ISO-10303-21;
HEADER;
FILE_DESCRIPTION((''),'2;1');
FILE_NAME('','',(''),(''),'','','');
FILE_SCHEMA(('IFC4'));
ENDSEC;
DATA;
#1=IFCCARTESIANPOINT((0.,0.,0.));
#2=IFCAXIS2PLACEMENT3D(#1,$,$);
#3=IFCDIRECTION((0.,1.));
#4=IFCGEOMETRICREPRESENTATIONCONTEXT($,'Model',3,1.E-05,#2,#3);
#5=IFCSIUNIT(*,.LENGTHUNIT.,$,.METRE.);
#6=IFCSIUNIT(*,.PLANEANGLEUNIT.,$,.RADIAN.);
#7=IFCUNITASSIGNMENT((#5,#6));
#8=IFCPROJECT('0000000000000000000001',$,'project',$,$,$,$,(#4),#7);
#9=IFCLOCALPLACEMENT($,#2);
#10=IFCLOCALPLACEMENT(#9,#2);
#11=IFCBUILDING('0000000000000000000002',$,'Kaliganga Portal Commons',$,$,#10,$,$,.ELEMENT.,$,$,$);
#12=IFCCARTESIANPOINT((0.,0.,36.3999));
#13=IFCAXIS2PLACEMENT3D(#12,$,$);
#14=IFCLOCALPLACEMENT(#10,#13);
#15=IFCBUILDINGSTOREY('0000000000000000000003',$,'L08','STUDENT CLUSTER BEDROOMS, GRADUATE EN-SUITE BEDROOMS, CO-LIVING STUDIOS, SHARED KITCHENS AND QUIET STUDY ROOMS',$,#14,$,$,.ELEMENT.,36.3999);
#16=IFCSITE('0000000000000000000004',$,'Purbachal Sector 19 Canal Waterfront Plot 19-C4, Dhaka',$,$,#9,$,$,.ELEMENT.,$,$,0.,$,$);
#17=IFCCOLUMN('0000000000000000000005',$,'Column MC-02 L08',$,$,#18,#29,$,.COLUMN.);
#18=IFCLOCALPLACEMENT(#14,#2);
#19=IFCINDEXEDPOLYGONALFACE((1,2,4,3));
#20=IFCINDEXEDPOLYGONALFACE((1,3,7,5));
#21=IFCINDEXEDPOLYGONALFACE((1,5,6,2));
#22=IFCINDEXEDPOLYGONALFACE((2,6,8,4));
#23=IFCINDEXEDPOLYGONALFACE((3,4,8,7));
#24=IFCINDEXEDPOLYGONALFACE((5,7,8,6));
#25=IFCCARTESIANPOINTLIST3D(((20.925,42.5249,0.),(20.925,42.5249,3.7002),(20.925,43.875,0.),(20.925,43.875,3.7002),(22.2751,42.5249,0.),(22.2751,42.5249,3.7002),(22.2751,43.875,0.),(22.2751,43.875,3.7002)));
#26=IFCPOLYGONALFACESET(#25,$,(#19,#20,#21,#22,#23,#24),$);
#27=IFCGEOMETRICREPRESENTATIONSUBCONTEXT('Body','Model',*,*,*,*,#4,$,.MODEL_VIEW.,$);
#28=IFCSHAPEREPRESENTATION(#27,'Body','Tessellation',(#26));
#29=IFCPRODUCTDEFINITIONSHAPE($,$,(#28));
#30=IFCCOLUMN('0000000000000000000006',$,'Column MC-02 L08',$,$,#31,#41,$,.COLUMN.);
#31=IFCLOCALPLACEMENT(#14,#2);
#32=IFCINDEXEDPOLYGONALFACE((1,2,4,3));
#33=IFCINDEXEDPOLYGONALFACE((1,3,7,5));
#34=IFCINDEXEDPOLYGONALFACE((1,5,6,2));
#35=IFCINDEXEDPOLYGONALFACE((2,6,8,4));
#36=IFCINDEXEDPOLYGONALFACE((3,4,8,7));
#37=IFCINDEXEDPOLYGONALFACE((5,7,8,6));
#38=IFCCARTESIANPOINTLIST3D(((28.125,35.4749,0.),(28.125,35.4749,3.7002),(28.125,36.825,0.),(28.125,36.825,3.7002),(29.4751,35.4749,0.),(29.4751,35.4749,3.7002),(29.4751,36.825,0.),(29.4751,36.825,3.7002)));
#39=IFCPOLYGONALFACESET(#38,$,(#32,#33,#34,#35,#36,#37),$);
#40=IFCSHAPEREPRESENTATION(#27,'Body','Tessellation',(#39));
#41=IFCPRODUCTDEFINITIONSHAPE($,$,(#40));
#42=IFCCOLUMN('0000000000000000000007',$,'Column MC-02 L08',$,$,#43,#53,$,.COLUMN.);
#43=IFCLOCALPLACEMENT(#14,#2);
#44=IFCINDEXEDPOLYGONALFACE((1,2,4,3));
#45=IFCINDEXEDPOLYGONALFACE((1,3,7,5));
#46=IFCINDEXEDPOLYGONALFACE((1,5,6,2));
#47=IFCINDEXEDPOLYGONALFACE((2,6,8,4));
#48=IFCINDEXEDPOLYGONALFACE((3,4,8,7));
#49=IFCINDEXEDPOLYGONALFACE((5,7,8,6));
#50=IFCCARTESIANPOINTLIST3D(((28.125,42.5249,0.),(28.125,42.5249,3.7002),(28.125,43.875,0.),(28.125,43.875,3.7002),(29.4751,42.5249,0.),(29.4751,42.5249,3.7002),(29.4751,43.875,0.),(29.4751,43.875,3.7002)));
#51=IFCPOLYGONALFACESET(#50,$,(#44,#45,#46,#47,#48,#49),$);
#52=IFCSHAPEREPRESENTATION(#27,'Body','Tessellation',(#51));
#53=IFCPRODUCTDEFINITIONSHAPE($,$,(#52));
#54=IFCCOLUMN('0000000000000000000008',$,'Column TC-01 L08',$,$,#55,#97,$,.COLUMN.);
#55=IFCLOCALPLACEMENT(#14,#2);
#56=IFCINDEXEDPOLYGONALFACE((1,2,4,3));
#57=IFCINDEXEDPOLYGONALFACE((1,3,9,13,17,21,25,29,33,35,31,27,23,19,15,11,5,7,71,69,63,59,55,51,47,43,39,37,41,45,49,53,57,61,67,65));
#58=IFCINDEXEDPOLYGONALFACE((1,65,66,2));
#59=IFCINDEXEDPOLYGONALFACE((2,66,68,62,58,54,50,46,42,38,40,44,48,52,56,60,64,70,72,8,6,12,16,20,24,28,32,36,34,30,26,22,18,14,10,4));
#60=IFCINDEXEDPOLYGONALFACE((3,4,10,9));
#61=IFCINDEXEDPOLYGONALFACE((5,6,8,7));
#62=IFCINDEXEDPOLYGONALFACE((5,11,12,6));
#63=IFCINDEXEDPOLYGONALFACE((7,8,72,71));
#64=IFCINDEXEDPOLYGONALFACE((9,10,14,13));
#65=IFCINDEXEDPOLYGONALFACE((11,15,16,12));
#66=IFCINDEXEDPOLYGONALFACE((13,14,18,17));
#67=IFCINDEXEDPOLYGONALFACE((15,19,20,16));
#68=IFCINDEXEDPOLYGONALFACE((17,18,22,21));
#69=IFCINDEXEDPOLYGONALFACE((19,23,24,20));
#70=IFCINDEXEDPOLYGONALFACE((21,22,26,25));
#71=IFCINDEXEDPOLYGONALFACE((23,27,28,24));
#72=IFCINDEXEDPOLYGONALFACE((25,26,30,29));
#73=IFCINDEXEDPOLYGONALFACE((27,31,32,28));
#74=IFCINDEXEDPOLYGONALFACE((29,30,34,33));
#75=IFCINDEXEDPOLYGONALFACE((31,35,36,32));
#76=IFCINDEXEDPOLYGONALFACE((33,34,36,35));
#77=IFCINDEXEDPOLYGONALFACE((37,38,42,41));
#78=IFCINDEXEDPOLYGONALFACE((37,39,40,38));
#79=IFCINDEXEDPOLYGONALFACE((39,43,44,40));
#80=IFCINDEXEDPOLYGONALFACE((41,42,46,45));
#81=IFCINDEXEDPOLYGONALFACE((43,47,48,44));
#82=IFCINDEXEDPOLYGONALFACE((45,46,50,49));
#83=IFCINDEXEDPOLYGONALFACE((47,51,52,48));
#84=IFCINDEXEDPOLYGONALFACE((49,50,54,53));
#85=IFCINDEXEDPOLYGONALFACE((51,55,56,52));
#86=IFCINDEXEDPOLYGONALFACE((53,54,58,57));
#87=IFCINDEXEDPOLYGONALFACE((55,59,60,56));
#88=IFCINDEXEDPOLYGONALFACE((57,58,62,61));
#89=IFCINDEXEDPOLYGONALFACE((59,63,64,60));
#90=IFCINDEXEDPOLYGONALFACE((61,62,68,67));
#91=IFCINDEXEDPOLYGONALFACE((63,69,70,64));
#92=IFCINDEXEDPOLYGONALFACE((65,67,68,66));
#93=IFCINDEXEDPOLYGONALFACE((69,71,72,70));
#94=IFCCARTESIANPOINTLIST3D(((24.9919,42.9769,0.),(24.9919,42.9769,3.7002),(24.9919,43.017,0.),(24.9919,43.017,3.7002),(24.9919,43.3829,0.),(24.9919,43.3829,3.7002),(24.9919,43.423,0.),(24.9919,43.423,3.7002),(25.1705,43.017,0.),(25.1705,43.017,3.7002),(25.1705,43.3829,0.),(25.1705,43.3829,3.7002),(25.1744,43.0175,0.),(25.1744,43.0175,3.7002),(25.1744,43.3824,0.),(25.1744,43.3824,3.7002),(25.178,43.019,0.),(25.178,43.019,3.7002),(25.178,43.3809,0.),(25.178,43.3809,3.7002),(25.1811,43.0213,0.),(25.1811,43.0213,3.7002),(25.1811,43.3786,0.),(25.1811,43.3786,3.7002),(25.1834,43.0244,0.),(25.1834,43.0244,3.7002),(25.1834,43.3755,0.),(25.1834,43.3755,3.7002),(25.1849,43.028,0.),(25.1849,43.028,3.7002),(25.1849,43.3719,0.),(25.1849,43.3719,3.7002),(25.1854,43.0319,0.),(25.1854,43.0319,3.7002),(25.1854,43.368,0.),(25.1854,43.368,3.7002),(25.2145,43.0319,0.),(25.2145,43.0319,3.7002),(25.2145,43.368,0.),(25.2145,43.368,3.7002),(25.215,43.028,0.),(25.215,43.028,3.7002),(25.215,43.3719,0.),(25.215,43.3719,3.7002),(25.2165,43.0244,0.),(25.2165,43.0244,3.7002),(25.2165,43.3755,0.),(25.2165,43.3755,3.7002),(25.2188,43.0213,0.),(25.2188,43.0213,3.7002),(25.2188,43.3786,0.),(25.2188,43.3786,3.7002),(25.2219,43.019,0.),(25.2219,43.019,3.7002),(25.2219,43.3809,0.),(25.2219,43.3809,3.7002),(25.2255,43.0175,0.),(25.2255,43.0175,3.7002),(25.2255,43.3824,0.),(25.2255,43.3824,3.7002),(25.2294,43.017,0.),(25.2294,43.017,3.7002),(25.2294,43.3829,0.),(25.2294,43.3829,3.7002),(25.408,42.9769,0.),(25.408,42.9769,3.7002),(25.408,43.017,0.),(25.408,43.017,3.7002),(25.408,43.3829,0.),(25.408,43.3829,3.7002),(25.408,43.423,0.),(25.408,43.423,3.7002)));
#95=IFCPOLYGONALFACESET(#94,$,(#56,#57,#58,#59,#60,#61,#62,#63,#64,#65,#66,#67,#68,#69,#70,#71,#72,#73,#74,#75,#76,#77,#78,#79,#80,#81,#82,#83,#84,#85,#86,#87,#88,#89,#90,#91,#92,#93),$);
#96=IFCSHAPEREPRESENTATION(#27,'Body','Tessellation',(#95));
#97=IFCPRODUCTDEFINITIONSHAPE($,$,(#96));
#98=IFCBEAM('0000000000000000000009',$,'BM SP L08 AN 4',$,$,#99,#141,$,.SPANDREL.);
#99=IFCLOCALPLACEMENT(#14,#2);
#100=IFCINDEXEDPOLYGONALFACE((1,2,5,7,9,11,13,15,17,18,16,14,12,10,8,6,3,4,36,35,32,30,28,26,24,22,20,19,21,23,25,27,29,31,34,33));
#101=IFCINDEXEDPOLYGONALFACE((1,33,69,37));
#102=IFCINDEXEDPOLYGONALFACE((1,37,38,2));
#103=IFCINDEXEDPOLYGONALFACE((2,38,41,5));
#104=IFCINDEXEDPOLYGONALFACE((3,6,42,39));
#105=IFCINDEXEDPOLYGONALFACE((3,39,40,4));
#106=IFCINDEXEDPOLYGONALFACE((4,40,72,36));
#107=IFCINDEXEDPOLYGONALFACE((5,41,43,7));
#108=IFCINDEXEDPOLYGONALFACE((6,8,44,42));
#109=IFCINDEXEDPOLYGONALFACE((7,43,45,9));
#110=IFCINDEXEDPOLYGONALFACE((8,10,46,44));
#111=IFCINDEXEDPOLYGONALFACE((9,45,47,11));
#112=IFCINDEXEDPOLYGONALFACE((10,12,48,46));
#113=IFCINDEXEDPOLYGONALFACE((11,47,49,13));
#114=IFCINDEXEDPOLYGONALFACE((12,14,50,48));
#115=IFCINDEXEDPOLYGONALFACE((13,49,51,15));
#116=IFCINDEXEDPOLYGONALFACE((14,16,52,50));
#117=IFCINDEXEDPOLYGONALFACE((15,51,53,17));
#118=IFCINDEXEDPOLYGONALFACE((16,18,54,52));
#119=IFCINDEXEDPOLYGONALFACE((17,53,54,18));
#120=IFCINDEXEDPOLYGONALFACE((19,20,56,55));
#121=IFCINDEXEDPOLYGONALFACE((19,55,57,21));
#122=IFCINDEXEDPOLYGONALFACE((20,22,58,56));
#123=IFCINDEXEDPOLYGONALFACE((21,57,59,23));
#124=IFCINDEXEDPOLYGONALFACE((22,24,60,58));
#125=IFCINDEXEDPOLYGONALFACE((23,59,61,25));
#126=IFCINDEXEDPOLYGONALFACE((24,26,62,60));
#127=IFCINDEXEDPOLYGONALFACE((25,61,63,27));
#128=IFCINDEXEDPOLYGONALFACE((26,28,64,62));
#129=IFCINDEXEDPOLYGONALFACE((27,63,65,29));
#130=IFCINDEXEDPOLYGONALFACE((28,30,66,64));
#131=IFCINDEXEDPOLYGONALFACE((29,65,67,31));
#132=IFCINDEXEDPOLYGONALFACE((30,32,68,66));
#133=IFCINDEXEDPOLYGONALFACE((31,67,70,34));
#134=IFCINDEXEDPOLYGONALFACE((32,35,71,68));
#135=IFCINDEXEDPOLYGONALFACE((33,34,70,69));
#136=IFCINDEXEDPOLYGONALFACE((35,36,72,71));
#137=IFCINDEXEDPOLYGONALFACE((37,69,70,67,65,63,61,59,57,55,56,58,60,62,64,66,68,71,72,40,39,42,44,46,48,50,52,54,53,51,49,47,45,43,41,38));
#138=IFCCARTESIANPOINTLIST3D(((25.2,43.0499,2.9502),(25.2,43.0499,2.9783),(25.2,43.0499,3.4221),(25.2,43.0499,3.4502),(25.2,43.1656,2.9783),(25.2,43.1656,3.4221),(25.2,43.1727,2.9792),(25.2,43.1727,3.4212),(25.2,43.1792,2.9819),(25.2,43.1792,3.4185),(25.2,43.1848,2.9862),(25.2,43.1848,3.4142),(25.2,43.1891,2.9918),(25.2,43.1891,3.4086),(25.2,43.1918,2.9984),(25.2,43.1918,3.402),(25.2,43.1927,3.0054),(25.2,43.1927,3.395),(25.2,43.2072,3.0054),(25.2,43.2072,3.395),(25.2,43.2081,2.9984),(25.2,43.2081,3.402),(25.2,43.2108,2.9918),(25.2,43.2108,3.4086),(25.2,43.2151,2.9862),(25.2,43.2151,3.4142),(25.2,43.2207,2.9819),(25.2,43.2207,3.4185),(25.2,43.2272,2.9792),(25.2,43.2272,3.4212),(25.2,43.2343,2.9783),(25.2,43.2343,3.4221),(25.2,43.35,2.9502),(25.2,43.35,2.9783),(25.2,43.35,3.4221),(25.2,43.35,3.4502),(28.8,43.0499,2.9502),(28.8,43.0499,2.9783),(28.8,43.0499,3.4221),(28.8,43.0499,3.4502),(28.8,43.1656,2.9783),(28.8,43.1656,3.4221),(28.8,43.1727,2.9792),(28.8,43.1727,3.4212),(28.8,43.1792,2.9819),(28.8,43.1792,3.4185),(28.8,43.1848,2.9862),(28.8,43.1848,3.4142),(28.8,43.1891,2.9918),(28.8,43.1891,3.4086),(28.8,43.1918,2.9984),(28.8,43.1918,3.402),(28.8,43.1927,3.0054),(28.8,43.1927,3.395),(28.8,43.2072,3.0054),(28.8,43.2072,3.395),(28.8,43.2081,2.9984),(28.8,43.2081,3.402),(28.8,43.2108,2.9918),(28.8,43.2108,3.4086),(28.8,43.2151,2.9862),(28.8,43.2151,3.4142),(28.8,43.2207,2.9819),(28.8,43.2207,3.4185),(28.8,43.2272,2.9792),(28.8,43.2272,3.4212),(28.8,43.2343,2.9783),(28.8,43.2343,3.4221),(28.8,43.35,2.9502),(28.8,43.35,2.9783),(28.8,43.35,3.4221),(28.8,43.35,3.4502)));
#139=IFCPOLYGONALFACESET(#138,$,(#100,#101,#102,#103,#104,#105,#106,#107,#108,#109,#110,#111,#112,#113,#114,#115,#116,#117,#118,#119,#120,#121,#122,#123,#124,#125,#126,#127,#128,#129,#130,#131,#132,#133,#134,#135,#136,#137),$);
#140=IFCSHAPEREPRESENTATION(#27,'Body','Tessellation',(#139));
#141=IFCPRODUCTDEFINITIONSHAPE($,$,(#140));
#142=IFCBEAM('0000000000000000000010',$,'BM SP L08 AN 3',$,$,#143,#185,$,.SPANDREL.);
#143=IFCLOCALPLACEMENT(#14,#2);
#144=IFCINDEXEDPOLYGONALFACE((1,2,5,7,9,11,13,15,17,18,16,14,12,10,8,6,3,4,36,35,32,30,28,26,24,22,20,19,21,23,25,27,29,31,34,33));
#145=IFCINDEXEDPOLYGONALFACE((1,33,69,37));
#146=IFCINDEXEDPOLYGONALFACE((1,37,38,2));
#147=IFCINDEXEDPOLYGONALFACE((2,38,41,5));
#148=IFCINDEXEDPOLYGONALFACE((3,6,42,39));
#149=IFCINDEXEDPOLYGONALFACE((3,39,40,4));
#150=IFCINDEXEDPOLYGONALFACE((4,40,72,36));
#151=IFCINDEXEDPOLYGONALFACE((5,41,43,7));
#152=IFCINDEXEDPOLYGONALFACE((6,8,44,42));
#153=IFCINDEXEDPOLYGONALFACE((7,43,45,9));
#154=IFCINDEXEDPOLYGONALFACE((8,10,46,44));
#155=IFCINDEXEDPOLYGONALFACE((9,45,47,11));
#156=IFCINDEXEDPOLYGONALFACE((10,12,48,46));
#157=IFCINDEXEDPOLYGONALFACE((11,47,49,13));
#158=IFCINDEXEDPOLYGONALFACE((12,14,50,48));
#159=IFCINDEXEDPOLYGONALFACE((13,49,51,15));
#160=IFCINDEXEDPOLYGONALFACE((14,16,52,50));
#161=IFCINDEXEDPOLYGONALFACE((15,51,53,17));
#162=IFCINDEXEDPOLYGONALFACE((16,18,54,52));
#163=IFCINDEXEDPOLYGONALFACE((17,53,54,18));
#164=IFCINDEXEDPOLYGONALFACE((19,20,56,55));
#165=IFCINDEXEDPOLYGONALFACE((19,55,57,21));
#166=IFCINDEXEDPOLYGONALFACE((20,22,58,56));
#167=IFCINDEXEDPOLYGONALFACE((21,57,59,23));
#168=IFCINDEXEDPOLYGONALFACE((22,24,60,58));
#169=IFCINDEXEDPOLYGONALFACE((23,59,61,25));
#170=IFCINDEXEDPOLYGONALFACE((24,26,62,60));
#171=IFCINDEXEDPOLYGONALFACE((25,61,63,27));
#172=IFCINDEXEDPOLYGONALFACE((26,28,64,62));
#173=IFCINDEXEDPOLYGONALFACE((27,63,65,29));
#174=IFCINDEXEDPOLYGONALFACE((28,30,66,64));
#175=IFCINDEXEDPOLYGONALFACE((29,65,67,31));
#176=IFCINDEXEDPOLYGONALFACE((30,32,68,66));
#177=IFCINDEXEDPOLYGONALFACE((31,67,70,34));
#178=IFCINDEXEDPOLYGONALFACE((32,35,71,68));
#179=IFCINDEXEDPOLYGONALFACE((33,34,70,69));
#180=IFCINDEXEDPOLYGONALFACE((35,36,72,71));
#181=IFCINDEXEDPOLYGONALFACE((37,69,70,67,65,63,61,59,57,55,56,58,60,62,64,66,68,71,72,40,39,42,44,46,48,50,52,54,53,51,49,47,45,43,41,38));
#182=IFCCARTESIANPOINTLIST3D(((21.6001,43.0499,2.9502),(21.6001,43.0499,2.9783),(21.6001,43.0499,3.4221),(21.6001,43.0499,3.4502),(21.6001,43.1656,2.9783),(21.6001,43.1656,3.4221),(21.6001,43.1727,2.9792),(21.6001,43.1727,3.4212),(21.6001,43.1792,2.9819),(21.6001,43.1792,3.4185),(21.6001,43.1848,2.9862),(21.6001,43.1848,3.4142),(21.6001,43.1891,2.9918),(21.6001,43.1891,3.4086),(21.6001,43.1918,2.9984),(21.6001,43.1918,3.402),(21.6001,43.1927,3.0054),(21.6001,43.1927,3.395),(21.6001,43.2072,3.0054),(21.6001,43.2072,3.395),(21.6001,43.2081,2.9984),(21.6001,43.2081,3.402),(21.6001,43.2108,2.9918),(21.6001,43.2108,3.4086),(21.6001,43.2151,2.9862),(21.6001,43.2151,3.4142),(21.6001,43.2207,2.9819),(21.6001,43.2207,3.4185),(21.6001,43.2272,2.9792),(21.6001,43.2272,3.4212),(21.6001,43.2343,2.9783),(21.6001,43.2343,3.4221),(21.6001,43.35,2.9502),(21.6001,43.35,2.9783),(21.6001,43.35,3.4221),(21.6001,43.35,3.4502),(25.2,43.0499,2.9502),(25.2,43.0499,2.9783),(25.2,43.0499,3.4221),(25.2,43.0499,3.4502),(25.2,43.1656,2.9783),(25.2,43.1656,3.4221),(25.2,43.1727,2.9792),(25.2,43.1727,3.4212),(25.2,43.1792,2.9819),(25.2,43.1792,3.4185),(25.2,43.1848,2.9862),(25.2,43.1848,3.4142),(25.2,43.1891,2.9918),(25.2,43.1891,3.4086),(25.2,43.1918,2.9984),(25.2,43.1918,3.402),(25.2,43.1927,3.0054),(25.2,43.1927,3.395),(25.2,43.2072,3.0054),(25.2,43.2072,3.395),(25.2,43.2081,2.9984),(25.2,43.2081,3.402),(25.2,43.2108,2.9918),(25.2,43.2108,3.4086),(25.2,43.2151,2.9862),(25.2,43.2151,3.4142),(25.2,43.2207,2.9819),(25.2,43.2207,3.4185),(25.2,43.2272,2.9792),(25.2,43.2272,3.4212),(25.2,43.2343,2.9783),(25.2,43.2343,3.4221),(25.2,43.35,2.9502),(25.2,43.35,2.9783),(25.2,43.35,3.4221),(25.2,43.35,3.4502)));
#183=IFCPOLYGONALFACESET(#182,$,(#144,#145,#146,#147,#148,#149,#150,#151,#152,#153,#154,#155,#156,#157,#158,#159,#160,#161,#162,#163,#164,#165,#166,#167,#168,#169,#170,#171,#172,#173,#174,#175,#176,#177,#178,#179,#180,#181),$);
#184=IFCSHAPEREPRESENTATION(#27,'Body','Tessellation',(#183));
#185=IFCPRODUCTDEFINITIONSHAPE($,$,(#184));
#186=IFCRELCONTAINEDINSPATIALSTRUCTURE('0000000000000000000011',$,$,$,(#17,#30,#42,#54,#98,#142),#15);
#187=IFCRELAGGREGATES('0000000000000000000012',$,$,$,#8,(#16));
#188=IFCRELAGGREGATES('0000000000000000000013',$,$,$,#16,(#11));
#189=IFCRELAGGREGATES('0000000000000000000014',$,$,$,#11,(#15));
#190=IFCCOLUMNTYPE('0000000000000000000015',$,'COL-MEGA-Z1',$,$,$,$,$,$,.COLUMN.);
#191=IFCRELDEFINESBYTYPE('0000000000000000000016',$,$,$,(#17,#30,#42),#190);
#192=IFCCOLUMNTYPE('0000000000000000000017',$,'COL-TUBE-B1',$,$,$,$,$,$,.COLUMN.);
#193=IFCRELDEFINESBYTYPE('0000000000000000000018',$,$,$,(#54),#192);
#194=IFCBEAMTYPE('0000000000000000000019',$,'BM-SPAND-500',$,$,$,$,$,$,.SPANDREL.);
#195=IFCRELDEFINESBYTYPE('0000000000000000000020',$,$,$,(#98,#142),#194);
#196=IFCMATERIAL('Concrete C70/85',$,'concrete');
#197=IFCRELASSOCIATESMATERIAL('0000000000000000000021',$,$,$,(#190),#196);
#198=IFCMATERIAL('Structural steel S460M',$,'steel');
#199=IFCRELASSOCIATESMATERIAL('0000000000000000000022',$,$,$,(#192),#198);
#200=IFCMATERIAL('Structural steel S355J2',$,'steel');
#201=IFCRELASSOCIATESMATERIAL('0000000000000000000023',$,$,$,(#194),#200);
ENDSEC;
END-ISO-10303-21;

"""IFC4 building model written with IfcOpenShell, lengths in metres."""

from ifc_helpers import new_model, si_unit, direction, frame, origin, origin_2d, place, context, subcontext, project, spatial, rectangle, i_section, extrude, source, transform, mapped, material, material_profile, profile_set, type_object, element, save


model = new_model("IFC4")

# Units and contexts
model_context = context("Model", 3, precision=1e-05, world=origin(), true_north=direction((0.0, 1.0)))
body_context = subcontext(model_context, "Body", "Model", "MODEL_VIEW")
ifc_project = project(units=[si_unit("LENGTHUNIT", "METRE"), si_unit("PLANEANGLEUNIT", "RADIAN")], contexts=[model_context])

# Site, building, storey
site_placement = place(None, origin())
site = spatial("IfcSite", under=ifc_project, at=site_placement, Name="Purbachal Sector 19 Canal Waterfront Plot 19-C4, Dhaka", CompositionType="ELEMENT", RefElevation=0.0)
building_placement = place(site_placement, origin())
building = spatial("IfcBuilding", under=site, at=building_placement, Name="Kaliganga Portal Commons", CompositionType="ELEMENT")
storey_placement = place(building_placement, frame((0.0, 0.0, 36.3999)))
storey = spatial("IfcBuildingStorey", under=building, at=storey_placement, Name="L08", Description="STUDENT CLUSTER BEDROOMS, GRADUATE EN-SUITE BEDROOMS, CO-LIVING STUDIOS, SHARED KITCHENS AND QUIET STUDY ROOMS", CompositionType="ELEMENT", Elevation=36.3999)

# Columns
ifc_material_1 = material(Name="Concrete C70/85", Category="concrete")
ifc_material_profile_1 = material_profile(ifc_material_1, rectangle(XDim=1.3501, YDim=1.3501, at=origin_2d()), Name="RC 1350x1350")
ifc_profile_set_1 = profile_set([ifc_material_profile_1], Name="Concrete C70/85")
column_type_1 = type_object("IfcColumnType", Name="COL-MEGA-Z1", PredefinedType="COLUMN", material=ifc_profile_set_1)
shared_shape_1 = source(origin(), body_context, "Body", "SweptSolid", [
    extrude(rectangle(XDim=1.3501, YDim=1.3501, at=origin_2d()), origin(), (0.0, 0.0, 1.0), 3.7002),
])
for number, where, z_axis, x_axis, name in (
    (1, (21.6001, 43.2, 0.0), (0.0, 0.0, 1.0), (1.0, 0.0, 0.0), "Column MC-02 L08"),
    (2, (28.8, 36.1499, 0.0), (0.0, 0.0, 1.0), (1.0, 0.0, 0.0), "Column MC-02 L08"),
    (3, (28.8, 43.2, 0.0), (0.0, 0.0, 1.0), (1.0, 0.0, 0.0), "Column MC-02 L08"),
):
    element("IfcColumn", number, at=place(storey_placement, frame(where, z_axis=z_axis, x_axis=x_axis)), inside=storey, type_object=column_type_1, Name=name, PredefinedType="COLUMN", context=body_context, shape_type="MappedRepresentation", body=[
        mapped(shared_shape_1, transform((0.0, 0.0, 0.0), x_axis=(1.0, 0.0, 0.0), y_axis=(0.0, 1.0, 0.0), z_axis=(0.0, 0.0, 1.0), scale=1.0)),
    ])
ifc_material_2 = material(Name="Structural steel S460M", Category="steel")
ifc_material_profile_2 = material_profile(ifc_material_2, i_section(OverallWidth=0.416, OverallDepth=0.446, WebThickness=0.0291, FlangeThickness=0.04, FilletRadius=0.0149, at=origin_2d()), Name="HD 400x509")
ifc_profile_set_2 = profile_set([ifc_material_profile_2], Name="Structural steel S460M wide-flange")
column_type_2 = type_object("IfcColumnType", Name="COL-TUBE-B1", PredefinedType="COLUMN", material=ifc_profile_set_2)
shared_shape_2 = source(origin(), body_context, "Body", "SweptSolid", [
    extrude(i_section(OverallWidth=0.416, OverallDepth=0.446, WebThickness=0.0291, FlangeThickness=0.04, FilletRadius=0.0149, at=origin_2d()), origin(), (0.0, 0.0, 1.0), 3.7002),
])
column_placement = place(storey_placement, frame((25.2, 43.2, 0.0), z_axis=(0.0, 0.0, 1.0), x_axis=(1.0, 0.0, 0.0)))
element("IfcColumn", 4, at=column_placement, inside=storey, type_object=column_type_2, Name="Column TC-01 L08", PredefinedType="COLUMN", context=body_context, shape_type="MappedRepresentation", body=[
    mapped(shared_shape_2, transform((0.0, 0.0, 0.0), x_axis=(1.0, 0.0, 0.0), y_axis=(0.0, 1.0, 0.0), z_axis=(0.0, 0.0, 1.0), scale=1.0)),
])

# Beams
ifc_material_3 = material(Name="Structural steel S355J2", Category="steel")
ifc_material_profile_3 = material_profile(ifc_material_3, i_section(OverallWidth=0.3, OverallDepth=0.5, WebThickness=0.0144, FlangeThickness=0.0281, FilletRadius=0.0271, at=origin_2d()), Name="HE 500 B")
ifc_profile_set_3 = profile_set([ifc_material_profile_3], Name="Structural steel S355J2 wide-flange")
beam_type_1 = type_object("IfcBeamType", Name="BM-SPAND-500", PredefinedType="SPANDREL", material=ifc_profile_set_3)
shared_shape_3 = source(origin(), body_context, "Body", "SweptSolid", [
    extrude(i_section(OverallWidth=0.3, OverallDepth=0.5, WebThickness=0.0144, FlangeThickness=0.0281, FilletRadius=0.0271, at=origin_2d()), origin(), (0.0, 0.0, 1.0), 3.6001),
])
beam_1_placement = place(storey_placement, frame((25.2, 43.2, 3.2002), z_axis=(1.0, 0.0, 0.0), x_axis=(0.0, 1.0, 0.0)))
element("IfcBeam", 5, at=beam_1_placement, inside=storey, type_object=beam_type_1, Name="BM SP L08 AN 4", PredefinedType="SPANDREL", context=body_context, shape_type="MappedRepresentation", body=[
    mapped(shared_shape_3, transform((0.0, 0.0, 0.0), x_axis=(1.0, 0.0, 0.0), y_axis=(0.0, 1.0, 0.0), z_axis=(0.0, 0.0, 1.0), scale=1.0)),
])
shared_shape_4 = source(origin(), body_context, "Body", "SweptSolid", [
    extrude(i_section(OverallWidth=0.3, OverallDepth=0.5, WebThickness=0.0144, FlangeThickness=0.0281, FilletRadius=0.0271, at=origin_2d()), origin(), (0.0, 0.0, 1.0), 3.5999),
])
for number, where, z_axis, x_axis, name in (
    (6, (21.6001, 43.2, 3.2002), (1.0, 0.0, 0.0), (0.0, 1.0, 0.0), "BM SP L08 AN 3"),
):
    element("IfcBeam", number, at=place(storey_placement, frame(where, z_axis=z_axis, x_axis=x_axis)), inside=storey, type_object=beam_type_1, Name=name, PredefinedType="SPANDREL", context=body_context, shape_type="MappedRepresentation", body=[
        mapped(shared_shape_4, transform((0.0, 0.0, 0.0), x_axis=(1.0, 0.0, 0.0), y_axis=(0.0, 1.0, 0.0), z_axis=(0.0, 0.0, 1.0), scale=1.0)),
    ])

save(model, "model.ifc")
